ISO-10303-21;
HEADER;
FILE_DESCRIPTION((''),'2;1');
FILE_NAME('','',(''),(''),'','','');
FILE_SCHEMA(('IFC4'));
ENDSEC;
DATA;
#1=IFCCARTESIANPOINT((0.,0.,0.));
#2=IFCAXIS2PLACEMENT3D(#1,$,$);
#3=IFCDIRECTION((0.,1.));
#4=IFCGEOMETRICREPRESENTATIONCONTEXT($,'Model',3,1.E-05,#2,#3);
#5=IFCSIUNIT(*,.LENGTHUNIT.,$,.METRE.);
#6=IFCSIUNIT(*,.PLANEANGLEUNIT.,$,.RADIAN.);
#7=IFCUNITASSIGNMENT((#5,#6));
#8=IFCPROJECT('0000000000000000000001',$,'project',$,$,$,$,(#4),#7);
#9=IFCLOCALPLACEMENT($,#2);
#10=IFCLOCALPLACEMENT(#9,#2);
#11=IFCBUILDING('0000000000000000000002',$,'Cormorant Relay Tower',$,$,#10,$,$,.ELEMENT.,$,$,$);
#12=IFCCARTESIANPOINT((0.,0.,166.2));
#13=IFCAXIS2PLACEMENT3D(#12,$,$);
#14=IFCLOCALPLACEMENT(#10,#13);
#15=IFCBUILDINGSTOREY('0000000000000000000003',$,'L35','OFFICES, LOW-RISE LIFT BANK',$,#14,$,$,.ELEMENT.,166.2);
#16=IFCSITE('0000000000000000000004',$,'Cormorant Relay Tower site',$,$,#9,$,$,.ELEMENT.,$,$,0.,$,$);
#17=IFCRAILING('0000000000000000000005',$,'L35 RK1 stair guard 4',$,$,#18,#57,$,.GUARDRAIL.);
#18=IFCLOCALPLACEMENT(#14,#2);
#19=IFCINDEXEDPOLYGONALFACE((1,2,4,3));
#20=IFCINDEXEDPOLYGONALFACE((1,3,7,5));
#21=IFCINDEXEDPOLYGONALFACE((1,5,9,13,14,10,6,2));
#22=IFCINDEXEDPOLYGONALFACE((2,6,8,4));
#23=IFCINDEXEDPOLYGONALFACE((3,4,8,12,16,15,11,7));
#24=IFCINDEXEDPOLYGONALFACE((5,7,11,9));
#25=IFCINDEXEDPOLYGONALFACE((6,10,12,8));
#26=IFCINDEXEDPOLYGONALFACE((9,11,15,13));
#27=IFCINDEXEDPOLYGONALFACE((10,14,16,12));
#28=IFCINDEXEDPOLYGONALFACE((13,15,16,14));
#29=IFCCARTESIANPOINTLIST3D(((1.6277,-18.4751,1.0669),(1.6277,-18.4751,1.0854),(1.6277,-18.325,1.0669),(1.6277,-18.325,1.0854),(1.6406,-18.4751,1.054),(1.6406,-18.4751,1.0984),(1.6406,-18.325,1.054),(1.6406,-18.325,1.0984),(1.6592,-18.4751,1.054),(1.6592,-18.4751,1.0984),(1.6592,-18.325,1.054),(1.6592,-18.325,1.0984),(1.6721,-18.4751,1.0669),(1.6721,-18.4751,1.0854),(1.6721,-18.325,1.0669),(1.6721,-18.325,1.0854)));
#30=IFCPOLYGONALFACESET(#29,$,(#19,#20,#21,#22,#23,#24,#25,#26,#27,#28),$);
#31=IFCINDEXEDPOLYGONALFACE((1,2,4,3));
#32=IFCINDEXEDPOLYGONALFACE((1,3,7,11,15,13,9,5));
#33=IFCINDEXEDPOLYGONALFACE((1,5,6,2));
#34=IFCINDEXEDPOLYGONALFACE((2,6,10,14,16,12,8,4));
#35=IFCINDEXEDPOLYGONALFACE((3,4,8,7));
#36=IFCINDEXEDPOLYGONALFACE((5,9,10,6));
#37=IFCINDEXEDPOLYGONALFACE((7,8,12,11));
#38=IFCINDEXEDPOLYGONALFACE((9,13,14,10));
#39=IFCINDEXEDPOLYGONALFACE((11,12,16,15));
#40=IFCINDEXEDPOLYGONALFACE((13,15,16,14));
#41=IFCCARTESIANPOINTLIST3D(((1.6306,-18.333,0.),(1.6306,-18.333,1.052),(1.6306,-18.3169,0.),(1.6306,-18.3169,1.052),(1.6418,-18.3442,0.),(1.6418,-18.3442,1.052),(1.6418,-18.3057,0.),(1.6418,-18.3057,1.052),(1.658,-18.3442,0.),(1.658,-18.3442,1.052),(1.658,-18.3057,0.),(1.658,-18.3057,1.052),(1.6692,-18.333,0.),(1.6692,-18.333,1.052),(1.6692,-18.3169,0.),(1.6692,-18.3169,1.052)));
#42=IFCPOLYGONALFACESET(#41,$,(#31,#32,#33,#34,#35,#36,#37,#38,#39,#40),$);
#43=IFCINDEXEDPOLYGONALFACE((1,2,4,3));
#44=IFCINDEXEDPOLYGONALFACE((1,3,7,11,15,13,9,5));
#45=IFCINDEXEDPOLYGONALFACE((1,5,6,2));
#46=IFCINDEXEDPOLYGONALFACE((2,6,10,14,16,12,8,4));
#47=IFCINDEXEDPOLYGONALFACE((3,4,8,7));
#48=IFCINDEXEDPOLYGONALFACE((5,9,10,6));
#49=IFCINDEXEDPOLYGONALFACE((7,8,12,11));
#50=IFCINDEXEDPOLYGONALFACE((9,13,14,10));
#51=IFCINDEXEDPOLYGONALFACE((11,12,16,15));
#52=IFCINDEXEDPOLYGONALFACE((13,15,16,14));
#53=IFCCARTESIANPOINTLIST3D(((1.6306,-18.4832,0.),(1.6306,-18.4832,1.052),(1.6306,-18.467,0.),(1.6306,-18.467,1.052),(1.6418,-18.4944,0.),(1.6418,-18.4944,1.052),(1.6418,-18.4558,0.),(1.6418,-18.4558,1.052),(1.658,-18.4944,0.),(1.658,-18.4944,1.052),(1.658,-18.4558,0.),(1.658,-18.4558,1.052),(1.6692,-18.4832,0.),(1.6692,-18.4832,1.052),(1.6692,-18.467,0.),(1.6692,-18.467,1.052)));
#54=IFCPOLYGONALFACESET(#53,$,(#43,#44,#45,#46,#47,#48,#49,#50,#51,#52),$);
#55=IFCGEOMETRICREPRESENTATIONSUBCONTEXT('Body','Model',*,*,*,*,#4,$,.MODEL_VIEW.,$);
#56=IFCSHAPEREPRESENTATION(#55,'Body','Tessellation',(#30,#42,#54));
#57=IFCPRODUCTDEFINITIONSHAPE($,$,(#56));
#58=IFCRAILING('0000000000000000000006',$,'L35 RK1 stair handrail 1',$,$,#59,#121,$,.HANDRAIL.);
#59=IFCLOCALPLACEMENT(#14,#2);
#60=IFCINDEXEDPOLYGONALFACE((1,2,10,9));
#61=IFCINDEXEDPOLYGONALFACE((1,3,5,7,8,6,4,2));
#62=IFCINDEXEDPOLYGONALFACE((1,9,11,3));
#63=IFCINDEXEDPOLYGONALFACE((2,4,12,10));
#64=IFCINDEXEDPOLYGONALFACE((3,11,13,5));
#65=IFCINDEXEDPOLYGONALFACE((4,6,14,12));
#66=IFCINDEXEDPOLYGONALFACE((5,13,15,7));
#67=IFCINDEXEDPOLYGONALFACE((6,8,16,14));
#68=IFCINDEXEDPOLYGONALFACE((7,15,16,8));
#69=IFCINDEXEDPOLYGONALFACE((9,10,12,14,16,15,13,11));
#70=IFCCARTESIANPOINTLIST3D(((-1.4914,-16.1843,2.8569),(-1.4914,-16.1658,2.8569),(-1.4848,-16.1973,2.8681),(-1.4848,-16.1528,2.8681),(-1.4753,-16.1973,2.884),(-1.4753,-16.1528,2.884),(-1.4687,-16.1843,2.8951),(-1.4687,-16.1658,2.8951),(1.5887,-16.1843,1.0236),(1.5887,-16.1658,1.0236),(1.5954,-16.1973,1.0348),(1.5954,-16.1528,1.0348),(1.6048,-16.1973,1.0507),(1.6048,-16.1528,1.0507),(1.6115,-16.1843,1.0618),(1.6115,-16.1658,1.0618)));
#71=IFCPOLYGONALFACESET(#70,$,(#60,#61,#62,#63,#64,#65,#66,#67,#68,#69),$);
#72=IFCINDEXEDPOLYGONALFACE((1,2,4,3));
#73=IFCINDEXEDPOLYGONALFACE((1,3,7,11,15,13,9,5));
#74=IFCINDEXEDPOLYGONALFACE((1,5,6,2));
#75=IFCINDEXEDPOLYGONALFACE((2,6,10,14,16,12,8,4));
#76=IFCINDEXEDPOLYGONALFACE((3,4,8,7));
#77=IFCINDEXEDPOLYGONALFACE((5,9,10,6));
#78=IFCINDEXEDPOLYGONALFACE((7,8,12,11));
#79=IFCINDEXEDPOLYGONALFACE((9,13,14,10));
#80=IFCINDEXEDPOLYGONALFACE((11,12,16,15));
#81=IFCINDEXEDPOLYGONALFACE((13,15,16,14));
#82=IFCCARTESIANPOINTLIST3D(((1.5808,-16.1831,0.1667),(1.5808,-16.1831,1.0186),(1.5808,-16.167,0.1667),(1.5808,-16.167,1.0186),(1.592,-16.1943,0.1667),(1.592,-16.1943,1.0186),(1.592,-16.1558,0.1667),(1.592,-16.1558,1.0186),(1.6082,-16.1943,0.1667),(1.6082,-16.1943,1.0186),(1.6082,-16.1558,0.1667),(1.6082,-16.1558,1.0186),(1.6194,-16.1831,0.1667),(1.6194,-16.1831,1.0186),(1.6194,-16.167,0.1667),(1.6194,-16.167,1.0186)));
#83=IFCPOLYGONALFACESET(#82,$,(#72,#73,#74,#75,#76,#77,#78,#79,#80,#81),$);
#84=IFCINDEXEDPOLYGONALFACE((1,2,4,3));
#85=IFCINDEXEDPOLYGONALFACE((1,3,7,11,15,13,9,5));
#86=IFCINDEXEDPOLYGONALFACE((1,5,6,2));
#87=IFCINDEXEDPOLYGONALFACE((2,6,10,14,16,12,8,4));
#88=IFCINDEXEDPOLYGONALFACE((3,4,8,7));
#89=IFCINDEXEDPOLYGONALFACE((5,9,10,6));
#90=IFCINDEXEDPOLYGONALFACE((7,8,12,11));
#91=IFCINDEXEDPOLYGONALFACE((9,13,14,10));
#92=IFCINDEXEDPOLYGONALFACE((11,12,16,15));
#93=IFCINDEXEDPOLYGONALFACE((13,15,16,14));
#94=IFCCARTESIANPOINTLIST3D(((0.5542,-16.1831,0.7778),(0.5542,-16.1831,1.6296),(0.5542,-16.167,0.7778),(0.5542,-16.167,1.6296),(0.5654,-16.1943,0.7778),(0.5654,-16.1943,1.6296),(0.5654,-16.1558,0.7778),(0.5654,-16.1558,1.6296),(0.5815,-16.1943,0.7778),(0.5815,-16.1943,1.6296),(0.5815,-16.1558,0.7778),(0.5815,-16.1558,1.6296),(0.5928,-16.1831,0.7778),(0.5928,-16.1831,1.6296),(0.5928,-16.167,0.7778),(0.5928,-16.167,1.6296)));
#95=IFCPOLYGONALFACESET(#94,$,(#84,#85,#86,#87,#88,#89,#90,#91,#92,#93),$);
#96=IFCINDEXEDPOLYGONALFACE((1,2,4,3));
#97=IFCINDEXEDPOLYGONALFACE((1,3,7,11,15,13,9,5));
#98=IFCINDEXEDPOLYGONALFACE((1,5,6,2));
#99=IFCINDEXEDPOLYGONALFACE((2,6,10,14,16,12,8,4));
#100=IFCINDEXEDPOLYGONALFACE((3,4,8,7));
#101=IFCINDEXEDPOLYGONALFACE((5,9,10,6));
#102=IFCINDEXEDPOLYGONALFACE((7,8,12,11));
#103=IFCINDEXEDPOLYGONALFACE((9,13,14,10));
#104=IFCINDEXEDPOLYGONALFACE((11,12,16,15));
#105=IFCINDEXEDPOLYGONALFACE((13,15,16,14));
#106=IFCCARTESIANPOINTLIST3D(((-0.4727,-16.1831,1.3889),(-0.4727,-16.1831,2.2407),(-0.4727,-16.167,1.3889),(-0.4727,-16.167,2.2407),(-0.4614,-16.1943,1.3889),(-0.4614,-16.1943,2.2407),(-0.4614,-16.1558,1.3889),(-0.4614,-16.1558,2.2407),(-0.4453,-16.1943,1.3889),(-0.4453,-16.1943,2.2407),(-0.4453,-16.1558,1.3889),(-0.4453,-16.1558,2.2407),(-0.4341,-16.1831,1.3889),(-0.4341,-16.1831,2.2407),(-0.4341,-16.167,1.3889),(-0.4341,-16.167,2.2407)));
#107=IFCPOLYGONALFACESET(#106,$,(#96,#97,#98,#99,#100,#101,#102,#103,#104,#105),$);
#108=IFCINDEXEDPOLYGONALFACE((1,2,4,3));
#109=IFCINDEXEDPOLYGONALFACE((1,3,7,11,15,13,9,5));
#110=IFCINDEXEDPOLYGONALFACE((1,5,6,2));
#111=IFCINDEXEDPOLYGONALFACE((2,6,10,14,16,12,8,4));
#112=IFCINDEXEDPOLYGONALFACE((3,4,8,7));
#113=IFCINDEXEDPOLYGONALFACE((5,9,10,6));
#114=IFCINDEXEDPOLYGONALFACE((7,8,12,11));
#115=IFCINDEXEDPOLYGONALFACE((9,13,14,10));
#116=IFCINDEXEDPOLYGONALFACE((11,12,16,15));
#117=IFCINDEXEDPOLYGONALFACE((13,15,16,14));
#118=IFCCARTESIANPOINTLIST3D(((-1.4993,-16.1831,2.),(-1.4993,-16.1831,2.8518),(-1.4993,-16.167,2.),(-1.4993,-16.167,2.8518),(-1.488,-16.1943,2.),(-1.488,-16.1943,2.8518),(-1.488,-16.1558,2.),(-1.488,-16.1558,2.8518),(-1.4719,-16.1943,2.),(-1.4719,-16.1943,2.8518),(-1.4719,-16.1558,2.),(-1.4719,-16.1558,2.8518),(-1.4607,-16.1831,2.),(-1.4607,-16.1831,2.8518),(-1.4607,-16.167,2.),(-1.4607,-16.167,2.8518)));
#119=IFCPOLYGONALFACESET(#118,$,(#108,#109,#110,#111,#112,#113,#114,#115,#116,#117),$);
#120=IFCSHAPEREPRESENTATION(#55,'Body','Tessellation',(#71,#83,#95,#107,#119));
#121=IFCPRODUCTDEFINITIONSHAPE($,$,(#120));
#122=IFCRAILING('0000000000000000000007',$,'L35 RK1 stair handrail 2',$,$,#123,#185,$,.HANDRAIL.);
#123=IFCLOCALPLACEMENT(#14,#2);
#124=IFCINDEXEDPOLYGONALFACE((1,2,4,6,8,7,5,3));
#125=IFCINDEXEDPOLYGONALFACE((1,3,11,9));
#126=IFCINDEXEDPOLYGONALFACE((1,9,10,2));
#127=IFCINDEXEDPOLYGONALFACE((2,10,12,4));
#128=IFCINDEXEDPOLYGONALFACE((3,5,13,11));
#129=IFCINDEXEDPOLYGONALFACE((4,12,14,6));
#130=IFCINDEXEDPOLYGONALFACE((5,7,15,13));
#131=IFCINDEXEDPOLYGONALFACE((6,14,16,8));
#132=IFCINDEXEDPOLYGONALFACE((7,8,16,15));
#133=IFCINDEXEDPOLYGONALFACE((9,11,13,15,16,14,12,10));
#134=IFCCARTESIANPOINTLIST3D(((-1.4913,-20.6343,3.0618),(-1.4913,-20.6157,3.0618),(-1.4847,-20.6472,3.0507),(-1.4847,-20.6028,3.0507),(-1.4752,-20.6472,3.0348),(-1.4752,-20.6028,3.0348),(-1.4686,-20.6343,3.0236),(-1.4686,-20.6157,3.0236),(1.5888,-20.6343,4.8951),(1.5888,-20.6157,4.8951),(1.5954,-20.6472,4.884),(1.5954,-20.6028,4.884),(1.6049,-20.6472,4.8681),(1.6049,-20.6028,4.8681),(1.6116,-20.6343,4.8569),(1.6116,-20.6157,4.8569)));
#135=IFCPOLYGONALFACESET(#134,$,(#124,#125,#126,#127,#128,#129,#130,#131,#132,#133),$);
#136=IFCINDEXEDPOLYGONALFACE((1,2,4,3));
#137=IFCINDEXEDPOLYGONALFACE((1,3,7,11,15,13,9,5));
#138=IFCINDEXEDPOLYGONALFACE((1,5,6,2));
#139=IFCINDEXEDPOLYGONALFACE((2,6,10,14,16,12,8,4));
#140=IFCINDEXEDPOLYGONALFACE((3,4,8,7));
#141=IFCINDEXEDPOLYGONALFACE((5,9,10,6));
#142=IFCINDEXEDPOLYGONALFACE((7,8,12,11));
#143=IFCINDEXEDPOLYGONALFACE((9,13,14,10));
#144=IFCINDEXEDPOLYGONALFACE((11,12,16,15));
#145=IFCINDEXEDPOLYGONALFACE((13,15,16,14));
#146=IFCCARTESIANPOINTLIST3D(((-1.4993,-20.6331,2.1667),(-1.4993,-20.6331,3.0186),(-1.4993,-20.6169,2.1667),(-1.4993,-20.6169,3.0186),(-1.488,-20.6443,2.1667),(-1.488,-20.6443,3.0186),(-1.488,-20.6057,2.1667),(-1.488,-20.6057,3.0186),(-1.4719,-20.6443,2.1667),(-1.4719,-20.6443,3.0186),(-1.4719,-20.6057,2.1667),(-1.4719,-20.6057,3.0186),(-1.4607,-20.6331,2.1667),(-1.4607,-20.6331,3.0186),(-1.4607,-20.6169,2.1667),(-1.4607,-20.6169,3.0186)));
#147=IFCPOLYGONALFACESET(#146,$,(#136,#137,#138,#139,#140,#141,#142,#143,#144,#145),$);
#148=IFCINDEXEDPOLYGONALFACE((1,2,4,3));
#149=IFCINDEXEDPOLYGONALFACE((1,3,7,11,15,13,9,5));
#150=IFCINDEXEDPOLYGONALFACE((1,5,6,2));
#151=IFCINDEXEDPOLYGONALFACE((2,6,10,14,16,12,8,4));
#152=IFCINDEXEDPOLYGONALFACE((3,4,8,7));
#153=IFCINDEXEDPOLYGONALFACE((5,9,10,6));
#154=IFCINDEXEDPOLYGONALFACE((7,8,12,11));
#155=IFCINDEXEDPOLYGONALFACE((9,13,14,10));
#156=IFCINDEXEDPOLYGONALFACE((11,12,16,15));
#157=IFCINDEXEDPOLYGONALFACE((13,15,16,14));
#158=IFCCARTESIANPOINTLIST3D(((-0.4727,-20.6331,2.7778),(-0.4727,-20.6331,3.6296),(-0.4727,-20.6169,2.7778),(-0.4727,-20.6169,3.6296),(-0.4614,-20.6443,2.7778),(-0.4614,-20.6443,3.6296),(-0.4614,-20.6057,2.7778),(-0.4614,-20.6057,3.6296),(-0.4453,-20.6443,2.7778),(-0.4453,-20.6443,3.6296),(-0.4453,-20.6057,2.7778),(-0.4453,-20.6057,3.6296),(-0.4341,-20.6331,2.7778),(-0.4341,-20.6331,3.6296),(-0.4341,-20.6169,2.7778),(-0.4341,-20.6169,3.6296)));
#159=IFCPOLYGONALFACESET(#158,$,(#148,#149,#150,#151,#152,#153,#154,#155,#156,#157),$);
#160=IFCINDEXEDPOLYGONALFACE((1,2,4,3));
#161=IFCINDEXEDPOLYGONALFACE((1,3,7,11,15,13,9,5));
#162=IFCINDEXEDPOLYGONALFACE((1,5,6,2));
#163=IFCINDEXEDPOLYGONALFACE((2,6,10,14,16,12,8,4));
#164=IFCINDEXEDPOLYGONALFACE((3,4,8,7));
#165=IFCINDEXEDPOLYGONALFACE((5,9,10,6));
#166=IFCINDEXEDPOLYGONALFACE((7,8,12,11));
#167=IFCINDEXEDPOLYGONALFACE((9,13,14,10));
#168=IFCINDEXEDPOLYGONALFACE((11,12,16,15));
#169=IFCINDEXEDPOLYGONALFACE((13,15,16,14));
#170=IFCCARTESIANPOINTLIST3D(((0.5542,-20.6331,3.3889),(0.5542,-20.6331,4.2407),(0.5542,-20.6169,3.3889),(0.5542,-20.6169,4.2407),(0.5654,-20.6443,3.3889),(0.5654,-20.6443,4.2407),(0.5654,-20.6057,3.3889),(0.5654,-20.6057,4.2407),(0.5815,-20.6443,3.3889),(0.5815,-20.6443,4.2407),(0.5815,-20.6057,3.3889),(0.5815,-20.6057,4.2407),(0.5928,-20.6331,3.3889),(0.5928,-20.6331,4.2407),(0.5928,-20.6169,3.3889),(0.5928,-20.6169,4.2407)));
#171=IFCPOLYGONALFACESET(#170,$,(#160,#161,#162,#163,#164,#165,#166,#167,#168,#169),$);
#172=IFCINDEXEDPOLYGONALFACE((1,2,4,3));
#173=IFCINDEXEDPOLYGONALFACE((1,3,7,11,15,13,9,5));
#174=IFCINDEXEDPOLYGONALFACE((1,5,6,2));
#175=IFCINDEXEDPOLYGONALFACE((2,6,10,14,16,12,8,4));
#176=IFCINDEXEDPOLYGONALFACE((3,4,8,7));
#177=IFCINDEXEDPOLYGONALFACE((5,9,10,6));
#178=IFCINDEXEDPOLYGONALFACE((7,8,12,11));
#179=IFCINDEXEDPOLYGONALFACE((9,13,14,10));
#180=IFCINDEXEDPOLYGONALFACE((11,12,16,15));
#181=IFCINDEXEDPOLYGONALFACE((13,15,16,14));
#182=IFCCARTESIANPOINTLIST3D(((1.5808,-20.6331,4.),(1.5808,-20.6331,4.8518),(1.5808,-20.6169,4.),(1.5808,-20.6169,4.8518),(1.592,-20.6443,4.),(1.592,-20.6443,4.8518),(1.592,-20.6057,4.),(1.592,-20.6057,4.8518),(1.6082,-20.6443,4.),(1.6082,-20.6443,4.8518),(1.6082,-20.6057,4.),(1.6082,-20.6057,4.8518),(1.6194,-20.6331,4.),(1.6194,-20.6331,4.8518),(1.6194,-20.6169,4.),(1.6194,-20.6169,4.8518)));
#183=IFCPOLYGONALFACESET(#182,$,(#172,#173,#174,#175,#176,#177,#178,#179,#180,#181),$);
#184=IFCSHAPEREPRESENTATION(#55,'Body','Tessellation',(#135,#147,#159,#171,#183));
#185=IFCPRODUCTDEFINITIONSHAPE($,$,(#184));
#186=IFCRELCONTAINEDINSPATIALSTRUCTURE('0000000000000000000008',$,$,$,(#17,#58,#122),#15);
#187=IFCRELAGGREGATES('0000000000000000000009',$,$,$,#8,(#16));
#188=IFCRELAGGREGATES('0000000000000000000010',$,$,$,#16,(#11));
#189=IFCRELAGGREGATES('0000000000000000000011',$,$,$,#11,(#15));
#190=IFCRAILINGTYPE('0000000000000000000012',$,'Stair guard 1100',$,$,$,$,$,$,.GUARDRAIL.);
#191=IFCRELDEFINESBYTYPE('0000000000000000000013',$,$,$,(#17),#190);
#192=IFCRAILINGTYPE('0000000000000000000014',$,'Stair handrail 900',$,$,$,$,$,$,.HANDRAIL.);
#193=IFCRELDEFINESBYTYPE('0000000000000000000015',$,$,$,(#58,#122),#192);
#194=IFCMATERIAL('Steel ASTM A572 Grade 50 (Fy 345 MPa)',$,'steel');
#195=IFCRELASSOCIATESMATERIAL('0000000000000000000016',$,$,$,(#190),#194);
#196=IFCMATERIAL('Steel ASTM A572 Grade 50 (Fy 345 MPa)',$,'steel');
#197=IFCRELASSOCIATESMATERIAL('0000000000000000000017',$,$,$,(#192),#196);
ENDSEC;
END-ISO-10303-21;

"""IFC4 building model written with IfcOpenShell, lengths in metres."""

from ifc_helpers import new_model, si_unit, direction, frame, origin, place, context, subcontext, project, spatial, polyline, outline, extrude, material, type_object, element, save


model = new_model("IFC4")

# Units and contexts
model_context = context("Model", 3, precision=1e-05, world=origin(), true_north=direction((0.0, 1.0)))
body_context = subcontext(model_context, "Body", "Model", "MODEL_VIEW")
ifc_project = project(units=[si_unit("LENGTHUNIT", "METRE"), si_unit("PLANEANGLEUNIT", "RADIAN")], contexts=[model_context])

# Site, building, storey
site_placement = place(None, origin())
site = spatial("IfcSite", under=ifc_project, at=site_placement, Name="Cormorant Relay Tower site", CompositionType="ELEMENT", RefElevation=0.0)
building_placement = place(site_placement, origin())
building = spatial("IfcBuilding", under=site, at=building_placement, Name="Cormorant Relay Tower", CompositionType="ELEMENT")
storey_placement = place(building_placement, frame((0.0, 0.0, 166.2)))
storey = spatial("IfcBuildingStorey", under=building, at=storey_placement, Name="L35", Description="OFFICES, LOW-RISE LIFT BANK", CompositionType="ELEMENT", Elevation=166.2)

# Railings
ifc_material_1 = material(Name="Steel ASTM A572 Grade 50 (Fy 345 MPa)", Category="steel")
railing_type_1 = type_object("IfcRailingType", Name="Stair guard 1100", PredefinedType="GUARDRAIL", material=ifc_material_1)
railing_1_placement = place(storey_placement, frame((1.6499, -18.325, 0.0)))
element("IfcRailing", 1, at=railing_1_placement, inside=storey, type_object=railing_type_1, Name="L35 RK1 stair guard 4", PredefinedType="GUARDRAIL", context=body_context, shape_type="SweptSolid", body=[
    extrude(outline(polyline([(0.0222, 0.0093), (0.0093, 0.0222), (-0.0093, 0.0222), (-0.0222, 0.0093), (-0.0222, -0.0093), (-0.0093, -0.0222), (0.0093, -0.0222), (0.0222, -0.0093), (0.0222, 0.0093)])), frame((0.0, 0.0, 1.0762), z_axis=(0.0, -1.0, 0.0), x_axis=(1.0, 0.0, 0.0)), (0.0, 0.0, 1.0), 0.1501),
    extrude(outline(polyline([(0.0193, 0.0081), (0.0081, 0.0193), (-0.0081, 0.0193), (-0.0193, 0.0081), (-0.0193, -0.0081), (-0.0081, -0.0193), (0.0081, -0.0193), (0.0193, -0.0081), (0.0193, 0.0081)])), origin(), (0.0, 0.0, 1.0), 1.052),
    extrude(outline(polyline([(0.0193, 0.0081), (0.0081, 0.0193), (-0.0081, 0.0193), (-0.0193, 0.0081), (-0.0193, -0.0081), (-0.0081, -0.0193), (0.0081, -0.0193), (0.0193, -0.0081), (0.0193, 0.0081)])), frame((0.0, -0.1501, 0.0)), (0.0, 0.0, 1.0), 1.052),
])
ifc_material_2 = material(Name="Steel ASTM A572 Grade 50 (Fy 345 MPa)", Category="steel")
railing_type_2 = type_object("IfcRailingType", Name="Stair handrail 900", PredefinedType="HANDRAIL", material=ifc_material_2)
railing_2_placement = place(storey_placement, frame((1.6001, -16.175, 0.1667)))
element("IfcRailing", 2, at=railing_2_placement, inside=storey, type_object=railing_type_2, Name="L35 RK1 stair handrail 1", PredefinedType="HANDRAIL", context=body_context, shape_type="SweptSolid", body=[
    extrude(outline(polyline([(0.0222, 0.0093), (0.0093, 0.0222), (-0.0093, 0.0222), (-0.0222, 0.0093), (-0.0222, -0.0093), (-0.0093, -0.0222), (0.0093, -0.0222), (0.0222, -0.0093), (0.0222, 0.0093)])), frame((0.0, 0.0, 0.876), z_axis=(-0.859309, 0.0, 0.511458), x_axis=(0.0, -1.0, 0.0)), (0.0, 0.0, 1.0), 3.5845),
    extrude(outline(polyline([(0.0193, 0.0081), (0.0081, 0.0193), (-0.0081, 0.0193), (-0.0193, 0.0081), (-0.0193, -0.0081), (-0.0081, -0.0193), (0.0081, -0.0193), (0.0193, -0.0081), (0.0193, 0.0081)])), origin(), (0.0, 0.0, 1.0), 0.8518),
    extrude(outline(polyline([(0.0193, 0.0081), (0.0081, 0.0193), (-0.0081, 0.0193), (-0.0193, 0.0081), (-0.0193, -0.0081), (-0.0081, -0.0193), (0.0081, -0.0193), (0.0193, -0.0081), (0.0193, 0.0081)])), frame((-1.0266, 0.0, 0.6111)), (0.0, 0.0, 1.0), 0.8518),
    extrude(outline(polyline([(0.0193, 0.0081), (0.0081, 0.0193), (-0.0081, 0.0193), (-0.0193, 0.0081), (-0.0193, -0.0081), (-0.0081, -0.0193), (0.0081, -0.0193), (0.0193, -0.0081), (0.0193, 0.0081)])), frame((-2.0535, 0.0, 1.2222)), (0.0, 0.0, 1.0), 0.8518),
    extrude(outline(polyline([(0.0193, 0.0081), (0.0081, 0.0193), (-0.0081, 0.0193), (-0.0193, 0.0081), (-0.0193, -0.0081), (-0.0081, -0.0193), (0.0081, -0.0193), (0.0193, -0.0081), (0.0193, 0.0081)])), frame((-3.0801, 0.0, 1.8333)), (0.0, 0.0, 1.0), 0.8518),
])
railing_3_placement = place(storey_placement, frame((-1.48, -20.625, 2.1667)))
element("IfcRailing", 3, at=railing_3_placement, inside=storey, type_object=railing_type_2, Name="L35 RK1 stair handrail 2", PredefinedType="HANDRAIL", context=body_context, shape_type="SweptSolid", body=[
    extrude(outline(polyline([(0.0222, 0.0093), (0.0093, 0.0222), (-0.0093, 0.0222), (-0.0222, 0.0093), (-0.0222, -0.0093), (-0.0093, -0.0222), (0.0093, -0.0222), (0.0222, -0.0093), (0.0222, 0.0093)])), frame((0.0, 0.0, 0.876), z_axis=(0.859309, 0.0, 0.511458), x_axis=(0.0, 1.0, 0.0)), (0.0, 0.0, 1.0), 3.5845),
    extrude(outline(polyline([(0.0193, 0.0081), (0.0081, 0.0193), (-0.0081, 0.0193), (-0.0193, 0.0081), (-0.0193, -0.0081), (-0.0081, -0.0193), (0.0081, -0.0193), (0.0193, -0.0081), (0.0193, 0.0081)])), origin(), (0.0, 0.0, 1.0), 0.8518),
    extrude(outline(polyline([(0.0193, 0.0081), (0.0081, 0.0193), (-0.0081, 0.0193), (-0.0193, 0.0081), (-0.0193, -0.0081), (-0.0081, -0.0193), (0.0081, -0.0193), (0.0193, -0.0081), (0.0193, 0.0081)])), frame((1.0266, 0.0, 0.6111)), (0.0, 0.0, 1.0), 0.8518),
    extrude(outline(polyline([(0.0193, 0.0081), (0.0081, 0.0193), (-0.0081, 0.0193), (-0.0193, 0.0081), (-0.0193, -0.0081), (-0.0081, -0.0193), (0.0081, -0.0193), (0.0193, -0.0081), (0.0193, 0.0081)])), frame((2.0535, 0.0, 1.2222)), (0.0, 0.0, 1.0), 0.8518),
    extrude(outline(polyline([(0.0193, 0.0081), (0.0081, 0.0193), (-0.0081, 0.0193), (-0.0193, 0.0081), (-0.0193, -0.0081), (-0.0081, -0.0193), (0.0081, -0.0193), (0.0193, -0.0081), (0.0193, 0.0081)])), frame((3.0801, 0.0, 1.8333)), (0.0, 0.0, 1.0), 0.8518),
])

save(model, "model.ifc")
